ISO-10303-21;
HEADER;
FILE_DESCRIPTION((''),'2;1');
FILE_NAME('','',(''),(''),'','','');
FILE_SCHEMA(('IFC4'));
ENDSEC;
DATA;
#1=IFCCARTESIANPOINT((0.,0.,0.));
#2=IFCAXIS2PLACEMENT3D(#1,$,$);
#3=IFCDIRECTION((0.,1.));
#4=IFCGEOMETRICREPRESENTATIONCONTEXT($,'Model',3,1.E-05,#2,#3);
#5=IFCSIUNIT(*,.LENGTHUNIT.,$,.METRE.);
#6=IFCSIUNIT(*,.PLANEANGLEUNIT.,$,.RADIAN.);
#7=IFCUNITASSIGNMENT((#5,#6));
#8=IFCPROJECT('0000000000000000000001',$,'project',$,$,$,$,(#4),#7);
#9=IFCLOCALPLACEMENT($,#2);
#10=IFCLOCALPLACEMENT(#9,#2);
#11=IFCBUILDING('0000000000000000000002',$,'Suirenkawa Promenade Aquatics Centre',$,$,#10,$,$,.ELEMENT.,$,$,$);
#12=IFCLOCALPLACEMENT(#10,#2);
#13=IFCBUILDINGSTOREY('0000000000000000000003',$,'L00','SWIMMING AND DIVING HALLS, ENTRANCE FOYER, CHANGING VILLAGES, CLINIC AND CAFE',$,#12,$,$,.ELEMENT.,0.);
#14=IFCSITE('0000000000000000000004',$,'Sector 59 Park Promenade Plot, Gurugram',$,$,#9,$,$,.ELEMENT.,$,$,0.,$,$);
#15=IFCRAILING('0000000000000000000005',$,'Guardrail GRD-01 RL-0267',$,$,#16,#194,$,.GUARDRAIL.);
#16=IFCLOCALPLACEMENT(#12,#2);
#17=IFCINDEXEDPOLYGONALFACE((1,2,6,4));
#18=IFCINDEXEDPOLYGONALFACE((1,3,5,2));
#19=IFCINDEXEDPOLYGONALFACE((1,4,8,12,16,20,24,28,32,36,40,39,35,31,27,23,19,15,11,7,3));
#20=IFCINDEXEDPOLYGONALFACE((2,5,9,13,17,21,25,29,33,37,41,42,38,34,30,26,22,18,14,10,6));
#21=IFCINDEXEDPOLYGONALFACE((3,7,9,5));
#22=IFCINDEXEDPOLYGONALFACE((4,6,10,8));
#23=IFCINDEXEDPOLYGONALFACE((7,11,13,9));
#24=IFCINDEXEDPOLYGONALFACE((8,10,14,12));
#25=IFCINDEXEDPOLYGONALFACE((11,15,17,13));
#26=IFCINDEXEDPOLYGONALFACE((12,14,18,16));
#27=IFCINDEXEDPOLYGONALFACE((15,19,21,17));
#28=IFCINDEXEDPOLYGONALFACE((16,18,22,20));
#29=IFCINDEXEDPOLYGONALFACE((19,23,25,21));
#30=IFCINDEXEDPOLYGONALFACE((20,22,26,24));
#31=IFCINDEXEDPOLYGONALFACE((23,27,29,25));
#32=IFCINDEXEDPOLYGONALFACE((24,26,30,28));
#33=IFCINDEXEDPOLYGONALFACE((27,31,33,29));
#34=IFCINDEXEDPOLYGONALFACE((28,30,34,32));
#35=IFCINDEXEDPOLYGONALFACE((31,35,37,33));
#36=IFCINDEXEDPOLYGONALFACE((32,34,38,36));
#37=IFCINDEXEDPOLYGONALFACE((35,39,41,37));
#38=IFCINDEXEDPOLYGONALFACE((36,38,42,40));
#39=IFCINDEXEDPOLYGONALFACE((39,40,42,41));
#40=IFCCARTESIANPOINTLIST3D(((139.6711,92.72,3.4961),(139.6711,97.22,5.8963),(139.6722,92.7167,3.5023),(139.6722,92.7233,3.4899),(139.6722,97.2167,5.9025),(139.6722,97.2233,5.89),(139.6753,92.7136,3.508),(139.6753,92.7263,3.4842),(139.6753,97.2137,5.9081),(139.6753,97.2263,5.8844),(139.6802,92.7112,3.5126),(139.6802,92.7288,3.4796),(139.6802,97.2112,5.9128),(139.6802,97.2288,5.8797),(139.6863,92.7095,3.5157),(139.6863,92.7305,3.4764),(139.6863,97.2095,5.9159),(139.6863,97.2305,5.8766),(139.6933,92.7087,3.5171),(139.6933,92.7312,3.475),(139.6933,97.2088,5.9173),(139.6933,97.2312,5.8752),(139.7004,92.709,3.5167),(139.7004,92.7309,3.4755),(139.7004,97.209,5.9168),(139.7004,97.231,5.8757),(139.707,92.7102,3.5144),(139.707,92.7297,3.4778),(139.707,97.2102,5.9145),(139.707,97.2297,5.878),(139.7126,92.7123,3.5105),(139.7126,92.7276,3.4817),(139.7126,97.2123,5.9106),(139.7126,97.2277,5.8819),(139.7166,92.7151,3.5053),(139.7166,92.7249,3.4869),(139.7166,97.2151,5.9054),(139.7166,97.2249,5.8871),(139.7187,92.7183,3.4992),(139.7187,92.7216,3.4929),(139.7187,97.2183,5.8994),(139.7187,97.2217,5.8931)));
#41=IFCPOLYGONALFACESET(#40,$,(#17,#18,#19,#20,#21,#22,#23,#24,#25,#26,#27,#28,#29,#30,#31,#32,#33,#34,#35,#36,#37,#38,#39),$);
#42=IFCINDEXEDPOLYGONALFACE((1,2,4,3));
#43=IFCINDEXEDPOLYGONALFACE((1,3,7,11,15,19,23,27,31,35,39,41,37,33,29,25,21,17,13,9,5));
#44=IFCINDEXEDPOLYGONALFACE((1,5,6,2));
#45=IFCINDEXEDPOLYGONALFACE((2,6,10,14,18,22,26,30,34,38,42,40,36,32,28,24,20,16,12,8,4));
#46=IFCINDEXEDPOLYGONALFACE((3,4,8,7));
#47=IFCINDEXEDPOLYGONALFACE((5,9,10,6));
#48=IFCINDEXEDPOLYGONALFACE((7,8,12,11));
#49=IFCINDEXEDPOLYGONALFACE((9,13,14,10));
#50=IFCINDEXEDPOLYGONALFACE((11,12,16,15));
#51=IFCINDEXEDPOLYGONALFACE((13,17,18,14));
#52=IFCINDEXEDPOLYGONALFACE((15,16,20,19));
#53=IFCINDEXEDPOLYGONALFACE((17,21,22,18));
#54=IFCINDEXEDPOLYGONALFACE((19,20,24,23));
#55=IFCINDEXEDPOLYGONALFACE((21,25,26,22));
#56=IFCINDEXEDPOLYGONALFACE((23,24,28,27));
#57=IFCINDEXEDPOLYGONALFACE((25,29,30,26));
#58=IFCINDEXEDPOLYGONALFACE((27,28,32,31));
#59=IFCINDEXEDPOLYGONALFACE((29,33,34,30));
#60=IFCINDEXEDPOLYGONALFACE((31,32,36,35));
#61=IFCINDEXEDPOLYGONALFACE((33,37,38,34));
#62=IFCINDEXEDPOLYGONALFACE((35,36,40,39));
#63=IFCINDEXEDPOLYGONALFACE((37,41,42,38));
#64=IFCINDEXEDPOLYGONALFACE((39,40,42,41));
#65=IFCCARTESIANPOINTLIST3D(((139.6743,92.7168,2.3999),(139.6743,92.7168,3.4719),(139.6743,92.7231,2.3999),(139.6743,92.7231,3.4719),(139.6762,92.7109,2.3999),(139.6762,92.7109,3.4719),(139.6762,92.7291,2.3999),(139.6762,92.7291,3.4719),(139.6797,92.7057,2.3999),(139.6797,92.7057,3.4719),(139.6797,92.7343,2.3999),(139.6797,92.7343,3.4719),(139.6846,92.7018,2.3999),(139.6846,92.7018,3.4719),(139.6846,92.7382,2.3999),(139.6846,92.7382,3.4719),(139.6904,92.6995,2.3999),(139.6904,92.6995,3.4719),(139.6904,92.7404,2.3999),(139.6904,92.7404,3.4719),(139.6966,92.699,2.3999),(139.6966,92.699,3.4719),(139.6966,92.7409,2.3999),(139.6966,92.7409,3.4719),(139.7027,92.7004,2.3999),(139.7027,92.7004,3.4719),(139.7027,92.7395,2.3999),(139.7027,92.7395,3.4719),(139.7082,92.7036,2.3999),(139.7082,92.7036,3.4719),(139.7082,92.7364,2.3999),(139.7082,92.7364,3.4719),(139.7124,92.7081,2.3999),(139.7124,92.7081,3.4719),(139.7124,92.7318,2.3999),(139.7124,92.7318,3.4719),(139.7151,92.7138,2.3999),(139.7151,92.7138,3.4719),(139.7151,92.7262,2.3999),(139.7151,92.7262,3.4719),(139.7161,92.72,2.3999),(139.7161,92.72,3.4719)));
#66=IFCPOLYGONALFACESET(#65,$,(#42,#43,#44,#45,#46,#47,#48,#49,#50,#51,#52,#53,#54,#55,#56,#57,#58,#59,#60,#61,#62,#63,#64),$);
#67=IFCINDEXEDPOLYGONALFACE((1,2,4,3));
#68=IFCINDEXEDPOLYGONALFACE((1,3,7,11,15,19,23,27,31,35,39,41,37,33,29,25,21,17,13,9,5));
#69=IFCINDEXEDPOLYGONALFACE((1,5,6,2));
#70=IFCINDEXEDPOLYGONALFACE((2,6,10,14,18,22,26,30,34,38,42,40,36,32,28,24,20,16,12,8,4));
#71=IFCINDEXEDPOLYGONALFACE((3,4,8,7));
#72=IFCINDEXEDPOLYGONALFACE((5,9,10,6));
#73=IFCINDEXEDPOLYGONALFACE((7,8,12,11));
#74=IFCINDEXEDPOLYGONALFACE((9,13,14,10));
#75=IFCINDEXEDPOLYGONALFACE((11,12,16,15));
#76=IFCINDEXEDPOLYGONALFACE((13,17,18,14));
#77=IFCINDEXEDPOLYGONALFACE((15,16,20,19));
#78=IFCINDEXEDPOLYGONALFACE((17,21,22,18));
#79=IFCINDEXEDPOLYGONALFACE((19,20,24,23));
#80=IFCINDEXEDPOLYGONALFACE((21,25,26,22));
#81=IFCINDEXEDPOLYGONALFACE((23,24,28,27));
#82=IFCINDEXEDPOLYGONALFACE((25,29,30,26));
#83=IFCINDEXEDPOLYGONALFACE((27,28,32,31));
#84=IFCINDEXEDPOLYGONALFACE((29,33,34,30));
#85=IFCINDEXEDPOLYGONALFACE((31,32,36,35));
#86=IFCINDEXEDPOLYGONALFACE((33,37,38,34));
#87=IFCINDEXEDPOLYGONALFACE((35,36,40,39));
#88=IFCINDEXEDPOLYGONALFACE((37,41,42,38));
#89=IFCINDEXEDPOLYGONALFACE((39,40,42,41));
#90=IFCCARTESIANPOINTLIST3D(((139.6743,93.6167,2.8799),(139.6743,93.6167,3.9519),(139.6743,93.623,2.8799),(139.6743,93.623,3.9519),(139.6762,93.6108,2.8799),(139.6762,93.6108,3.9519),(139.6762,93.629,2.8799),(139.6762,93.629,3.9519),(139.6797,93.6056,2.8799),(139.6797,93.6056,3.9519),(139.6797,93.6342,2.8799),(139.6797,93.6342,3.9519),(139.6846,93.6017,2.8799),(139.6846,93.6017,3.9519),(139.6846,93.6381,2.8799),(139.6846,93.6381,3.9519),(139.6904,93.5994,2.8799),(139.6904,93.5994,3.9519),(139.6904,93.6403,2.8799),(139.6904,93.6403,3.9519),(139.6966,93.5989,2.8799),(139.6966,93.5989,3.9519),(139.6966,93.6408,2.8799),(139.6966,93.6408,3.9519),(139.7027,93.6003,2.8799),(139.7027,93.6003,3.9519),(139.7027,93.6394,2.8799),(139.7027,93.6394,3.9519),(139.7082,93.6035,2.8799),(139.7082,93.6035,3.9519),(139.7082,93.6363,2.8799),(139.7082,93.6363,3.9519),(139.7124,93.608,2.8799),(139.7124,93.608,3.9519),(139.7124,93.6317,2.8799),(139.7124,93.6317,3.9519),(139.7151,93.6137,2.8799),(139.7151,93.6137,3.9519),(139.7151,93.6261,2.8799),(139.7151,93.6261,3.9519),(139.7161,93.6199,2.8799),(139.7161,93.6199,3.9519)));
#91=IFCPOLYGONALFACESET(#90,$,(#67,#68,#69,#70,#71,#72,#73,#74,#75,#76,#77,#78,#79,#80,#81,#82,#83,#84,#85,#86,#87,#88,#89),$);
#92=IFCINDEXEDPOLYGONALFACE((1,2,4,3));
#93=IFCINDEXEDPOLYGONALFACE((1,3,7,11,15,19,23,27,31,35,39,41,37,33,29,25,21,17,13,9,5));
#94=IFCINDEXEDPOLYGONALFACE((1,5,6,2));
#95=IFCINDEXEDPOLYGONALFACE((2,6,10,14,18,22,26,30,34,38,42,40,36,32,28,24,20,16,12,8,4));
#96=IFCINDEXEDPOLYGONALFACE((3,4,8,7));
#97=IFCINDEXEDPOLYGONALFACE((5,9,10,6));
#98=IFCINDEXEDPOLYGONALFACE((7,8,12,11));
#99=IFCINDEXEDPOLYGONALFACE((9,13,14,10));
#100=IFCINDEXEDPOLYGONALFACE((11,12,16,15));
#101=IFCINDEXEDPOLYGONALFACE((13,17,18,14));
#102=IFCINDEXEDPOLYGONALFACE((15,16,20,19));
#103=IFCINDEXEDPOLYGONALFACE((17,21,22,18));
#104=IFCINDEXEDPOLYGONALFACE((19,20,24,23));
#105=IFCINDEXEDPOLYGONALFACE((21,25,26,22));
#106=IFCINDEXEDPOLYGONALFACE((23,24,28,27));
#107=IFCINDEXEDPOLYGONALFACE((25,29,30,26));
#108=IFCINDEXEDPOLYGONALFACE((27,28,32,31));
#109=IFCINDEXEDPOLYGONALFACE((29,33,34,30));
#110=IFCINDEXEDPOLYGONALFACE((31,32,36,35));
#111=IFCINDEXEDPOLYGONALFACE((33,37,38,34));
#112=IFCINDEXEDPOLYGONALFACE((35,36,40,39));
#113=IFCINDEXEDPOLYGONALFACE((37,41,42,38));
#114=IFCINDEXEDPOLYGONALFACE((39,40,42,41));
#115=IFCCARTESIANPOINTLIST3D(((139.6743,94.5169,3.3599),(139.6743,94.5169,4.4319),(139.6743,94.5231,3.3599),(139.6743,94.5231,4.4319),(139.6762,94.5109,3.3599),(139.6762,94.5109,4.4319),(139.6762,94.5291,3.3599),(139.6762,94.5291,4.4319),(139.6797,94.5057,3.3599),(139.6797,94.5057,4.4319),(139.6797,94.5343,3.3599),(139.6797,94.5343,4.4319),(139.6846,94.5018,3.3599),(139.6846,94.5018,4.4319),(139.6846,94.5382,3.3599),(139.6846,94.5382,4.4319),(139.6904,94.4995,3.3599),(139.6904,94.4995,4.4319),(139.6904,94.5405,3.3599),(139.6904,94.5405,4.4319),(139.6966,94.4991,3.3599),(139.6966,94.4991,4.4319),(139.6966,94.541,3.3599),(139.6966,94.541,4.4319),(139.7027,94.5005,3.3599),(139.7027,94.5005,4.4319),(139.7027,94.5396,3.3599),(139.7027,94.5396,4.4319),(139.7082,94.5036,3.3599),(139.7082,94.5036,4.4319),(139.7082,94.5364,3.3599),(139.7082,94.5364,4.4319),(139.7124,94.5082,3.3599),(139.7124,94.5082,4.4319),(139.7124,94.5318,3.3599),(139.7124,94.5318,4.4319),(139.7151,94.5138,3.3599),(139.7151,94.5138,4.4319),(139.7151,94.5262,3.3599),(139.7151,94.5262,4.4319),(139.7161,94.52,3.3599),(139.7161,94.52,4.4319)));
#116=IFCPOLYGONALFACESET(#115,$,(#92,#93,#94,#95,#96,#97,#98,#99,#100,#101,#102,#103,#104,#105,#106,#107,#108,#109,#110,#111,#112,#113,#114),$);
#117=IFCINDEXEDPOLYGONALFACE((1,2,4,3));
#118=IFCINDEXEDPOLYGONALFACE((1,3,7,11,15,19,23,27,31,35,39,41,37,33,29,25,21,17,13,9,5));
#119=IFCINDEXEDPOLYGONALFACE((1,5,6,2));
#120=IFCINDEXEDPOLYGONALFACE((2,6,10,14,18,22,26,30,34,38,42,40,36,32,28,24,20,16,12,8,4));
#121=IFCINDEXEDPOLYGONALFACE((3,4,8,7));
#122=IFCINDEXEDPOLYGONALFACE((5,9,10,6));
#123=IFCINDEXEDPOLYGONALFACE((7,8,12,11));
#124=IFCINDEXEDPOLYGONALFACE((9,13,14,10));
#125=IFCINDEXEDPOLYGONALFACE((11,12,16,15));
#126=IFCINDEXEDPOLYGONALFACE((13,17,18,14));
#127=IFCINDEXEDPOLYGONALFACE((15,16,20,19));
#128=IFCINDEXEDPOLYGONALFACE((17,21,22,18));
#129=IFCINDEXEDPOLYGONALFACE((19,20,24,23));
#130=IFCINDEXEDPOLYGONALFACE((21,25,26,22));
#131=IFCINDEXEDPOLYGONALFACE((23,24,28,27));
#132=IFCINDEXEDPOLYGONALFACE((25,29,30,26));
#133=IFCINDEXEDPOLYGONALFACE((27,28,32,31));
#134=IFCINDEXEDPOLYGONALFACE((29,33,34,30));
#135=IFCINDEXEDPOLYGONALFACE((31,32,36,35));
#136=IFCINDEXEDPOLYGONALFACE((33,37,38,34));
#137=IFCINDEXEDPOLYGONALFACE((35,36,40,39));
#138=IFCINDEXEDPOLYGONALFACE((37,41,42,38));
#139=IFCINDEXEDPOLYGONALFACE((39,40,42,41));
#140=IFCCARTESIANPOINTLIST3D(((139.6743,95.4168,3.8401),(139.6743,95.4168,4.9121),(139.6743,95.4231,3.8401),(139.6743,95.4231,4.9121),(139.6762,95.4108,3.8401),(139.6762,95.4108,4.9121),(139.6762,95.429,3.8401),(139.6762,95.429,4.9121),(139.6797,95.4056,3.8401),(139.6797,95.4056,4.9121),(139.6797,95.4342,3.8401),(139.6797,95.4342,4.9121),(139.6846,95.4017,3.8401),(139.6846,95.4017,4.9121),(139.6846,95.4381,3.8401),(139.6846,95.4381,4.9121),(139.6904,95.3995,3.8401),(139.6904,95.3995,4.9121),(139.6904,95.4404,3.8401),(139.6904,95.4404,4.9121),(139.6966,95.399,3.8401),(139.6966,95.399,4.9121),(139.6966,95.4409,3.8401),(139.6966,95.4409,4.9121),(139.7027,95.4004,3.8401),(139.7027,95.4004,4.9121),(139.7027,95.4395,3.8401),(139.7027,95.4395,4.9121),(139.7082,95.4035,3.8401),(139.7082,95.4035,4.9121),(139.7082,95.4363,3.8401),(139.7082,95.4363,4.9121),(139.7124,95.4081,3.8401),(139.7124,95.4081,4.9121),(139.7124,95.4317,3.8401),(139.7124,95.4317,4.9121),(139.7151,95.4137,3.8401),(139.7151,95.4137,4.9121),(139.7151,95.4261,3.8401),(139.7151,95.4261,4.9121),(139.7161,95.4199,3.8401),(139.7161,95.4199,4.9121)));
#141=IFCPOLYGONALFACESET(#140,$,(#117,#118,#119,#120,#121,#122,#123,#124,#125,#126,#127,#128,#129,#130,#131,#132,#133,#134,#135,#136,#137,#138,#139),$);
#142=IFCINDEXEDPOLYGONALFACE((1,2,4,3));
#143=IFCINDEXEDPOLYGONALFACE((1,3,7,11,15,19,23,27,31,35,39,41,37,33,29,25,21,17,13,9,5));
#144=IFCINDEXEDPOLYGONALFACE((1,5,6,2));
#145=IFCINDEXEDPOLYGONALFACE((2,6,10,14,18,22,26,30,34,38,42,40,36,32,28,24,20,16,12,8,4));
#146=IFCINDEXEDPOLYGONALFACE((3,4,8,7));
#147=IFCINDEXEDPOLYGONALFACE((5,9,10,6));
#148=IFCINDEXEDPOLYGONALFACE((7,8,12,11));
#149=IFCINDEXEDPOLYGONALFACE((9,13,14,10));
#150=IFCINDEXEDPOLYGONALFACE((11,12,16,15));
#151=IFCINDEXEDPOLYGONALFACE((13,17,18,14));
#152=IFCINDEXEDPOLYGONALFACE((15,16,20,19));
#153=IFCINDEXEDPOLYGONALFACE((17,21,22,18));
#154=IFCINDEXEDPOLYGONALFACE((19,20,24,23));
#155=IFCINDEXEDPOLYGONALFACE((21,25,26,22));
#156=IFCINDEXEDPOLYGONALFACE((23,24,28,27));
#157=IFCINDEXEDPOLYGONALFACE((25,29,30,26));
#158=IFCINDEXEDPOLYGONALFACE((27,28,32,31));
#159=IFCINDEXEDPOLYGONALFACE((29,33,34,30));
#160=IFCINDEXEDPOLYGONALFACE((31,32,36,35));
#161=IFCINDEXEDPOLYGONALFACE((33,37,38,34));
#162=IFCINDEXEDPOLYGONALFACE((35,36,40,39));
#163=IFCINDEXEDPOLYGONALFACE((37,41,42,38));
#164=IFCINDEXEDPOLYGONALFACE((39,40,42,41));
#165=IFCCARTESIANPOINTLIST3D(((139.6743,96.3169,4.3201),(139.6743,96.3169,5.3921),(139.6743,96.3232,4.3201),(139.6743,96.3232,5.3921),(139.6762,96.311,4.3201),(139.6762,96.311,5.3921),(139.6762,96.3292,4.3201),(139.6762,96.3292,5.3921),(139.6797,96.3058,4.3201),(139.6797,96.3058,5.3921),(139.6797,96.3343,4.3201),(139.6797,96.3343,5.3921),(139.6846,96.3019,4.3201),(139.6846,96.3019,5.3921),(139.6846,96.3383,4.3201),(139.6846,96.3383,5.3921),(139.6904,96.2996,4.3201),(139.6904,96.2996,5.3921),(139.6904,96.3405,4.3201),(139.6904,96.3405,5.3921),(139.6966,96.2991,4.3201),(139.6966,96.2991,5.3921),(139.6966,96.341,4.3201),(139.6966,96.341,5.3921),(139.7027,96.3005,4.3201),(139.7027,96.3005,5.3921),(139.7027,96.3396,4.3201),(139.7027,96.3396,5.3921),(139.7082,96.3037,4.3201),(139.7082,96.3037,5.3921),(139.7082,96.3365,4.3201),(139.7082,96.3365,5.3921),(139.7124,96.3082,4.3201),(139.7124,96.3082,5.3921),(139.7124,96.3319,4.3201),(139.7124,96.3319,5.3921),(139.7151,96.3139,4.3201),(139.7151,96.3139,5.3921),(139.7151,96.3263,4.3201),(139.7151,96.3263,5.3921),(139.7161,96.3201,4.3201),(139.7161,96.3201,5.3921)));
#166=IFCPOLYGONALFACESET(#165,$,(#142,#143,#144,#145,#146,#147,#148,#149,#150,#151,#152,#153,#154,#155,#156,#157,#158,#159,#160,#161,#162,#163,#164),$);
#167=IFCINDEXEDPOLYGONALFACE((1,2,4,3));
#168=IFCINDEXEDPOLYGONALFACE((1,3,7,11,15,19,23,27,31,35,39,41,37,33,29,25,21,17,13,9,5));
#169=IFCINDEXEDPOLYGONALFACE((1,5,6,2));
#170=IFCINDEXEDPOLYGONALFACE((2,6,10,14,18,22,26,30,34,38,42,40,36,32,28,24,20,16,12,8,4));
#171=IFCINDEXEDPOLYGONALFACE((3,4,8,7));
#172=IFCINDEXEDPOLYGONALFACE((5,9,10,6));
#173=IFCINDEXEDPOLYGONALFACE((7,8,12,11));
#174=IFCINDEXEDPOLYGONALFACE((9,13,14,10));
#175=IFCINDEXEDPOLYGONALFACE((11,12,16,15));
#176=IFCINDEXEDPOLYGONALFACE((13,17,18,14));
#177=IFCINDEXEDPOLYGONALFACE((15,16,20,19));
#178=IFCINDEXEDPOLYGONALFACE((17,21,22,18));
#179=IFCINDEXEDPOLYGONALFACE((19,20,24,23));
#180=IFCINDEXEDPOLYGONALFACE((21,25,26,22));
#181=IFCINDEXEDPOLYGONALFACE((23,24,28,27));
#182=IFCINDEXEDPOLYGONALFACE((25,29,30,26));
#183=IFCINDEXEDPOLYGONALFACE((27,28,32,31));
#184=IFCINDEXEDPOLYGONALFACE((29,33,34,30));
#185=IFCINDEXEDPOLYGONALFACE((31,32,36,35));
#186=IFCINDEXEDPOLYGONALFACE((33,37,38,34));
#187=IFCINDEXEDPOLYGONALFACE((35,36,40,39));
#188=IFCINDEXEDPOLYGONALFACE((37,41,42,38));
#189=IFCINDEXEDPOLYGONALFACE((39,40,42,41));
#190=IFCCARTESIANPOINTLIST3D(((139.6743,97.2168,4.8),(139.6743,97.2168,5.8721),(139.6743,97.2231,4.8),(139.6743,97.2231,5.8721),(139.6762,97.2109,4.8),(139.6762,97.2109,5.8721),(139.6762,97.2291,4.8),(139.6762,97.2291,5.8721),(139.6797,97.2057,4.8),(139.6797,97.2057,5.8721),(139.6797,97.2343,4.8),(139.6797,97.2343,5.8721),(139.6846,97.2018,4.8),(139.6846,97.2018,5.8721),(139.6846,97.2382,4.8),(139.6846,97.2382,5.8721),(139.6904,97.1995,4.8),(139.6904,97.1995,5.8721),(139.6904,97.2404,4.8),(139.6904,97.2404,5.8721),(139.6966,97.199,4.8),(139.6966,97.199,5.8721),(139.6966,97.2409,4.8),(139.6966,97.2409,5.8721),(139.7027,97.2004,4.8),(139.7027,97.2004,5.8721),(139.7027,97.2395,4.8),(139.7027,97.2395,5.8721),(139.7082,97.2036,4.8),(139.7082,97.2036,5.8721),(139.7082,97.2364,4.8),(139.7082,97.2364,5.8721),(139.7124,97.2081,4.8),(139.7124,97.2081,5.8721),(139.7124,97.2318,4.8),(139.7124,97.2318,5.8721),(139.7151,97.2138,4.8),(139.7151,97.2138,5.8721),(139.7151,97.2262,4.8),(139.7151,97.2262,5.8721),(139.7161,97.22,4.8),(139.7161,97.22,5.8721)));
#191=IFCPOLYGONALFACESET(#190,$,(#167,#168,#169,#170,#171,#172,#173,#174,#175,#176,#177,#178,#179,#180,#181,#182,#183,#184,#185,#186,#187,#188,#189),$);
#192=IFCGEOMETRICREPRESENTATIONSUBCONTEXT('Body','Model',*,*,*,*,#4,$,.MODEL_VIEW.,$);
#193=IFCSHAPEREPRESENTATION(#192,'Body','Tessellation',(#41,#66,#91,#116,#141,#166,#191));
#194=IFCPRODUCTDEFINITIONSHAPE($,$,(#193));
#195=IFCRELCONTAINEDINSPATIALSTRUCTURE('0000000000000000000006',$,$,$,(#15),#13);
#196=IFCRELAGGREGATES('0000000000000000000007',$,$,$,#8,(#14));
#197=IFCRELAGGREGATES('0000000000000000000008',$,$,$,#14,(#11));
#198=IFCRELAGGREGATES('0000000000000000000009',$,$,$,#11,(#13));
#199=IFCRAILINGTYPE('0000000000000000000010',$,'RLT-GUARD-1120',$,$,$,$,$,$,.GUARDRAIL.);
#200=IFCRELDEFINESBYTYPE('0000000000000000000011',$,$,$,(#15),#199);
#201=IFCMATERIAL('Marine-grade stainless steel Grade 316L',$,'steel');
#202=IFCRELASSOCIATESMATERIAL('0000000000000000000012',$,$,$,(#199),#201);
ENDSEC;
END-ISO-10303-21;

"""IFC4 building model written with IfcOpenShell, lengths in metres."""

from ifc_helpers import new_model, si_unit, direction, frame, origin, origin_2d, place, context, subcontext, project, spatial, circle, extrude, material, type_object, element, save


model = new_model("IFC4")

# Units and contexts
model_context = context("Model", 3, precision=1e-05, world=origin(), true_north=direction((0.0, 1.0)))
body_context = subcontext(model_context, "Body", "Model", "MODEL_VIEW")
ifc_project = project(units=[si_unit("LENGTHUNIT", "METRE"), si_unit("PLANEANGLEUNIT", "RADIAN")], contexts=[model_context])

# Site, building, storey
site_placement = place(None, origin())
site = spatial("IfcSite", under=ifc_project, at=site_placement, Name="Sector 59 Park Promenade Plot, Gurugram", CompositionType="ELEMENT", RefElevation=0.0)
building_placement = place(site_placement, origin())
building = spatial("IfcBuilding", under=site, at=building_placement, Name="Suirenkawa Promenade Aquatics Centre", CompositionType="ELEMENT")
storey_placement = place(building_placement, origin())
storey = spatial("IfcBuildingStorey", under=building, at=storey_placement, Name="L00", Description="SWIMMING AND DIVING HALLS, ENTRANCE FOYER, CHANGING VILLAGES, CLINIC AND CAFE", CompositionType="ELEMENT", Elevation=0.0)

# Railing
ifc_material_1 = material(Name="Marine-grade stainless steel Grade 316L", Category="steel")
railing_type_1 = type_object("IfcRailingType", Name="RLT-GUARD-1120", PredefinedType="GUARDRAIL", material=ifc_material_1)
for number, where, name in (
    (1, (139.6951, 92.72, 2.3999), "Guardrail GRD-01 RL-0267"),
):
    element("IfcRailing", number, at=place(storey_placement, frame(where)), inside=storey, type_object=railing_type_1, Name=name, PredefinedType="GUARDRAIL", context=body_context, shape_type="SweptSolid", body=[
        extrude(circle(Radius=0.0239, at=origin_2d()), frame((0.0, 0.0, 1.0962), z_axis=(0.0, 0.882341, 0.470611), x_axis=(-1.0, 0.0, 0.0)), (0.0, 0.0, 1.0), 5.1001),
        extrude(circle(Radius=0.021, at=origin_2d()), origin(), (0.0, 0.0, 1.0), 1.072),
        extrude(circle(Radius=0.021, at=origin_2d()), frame((0.0, 0.8999, 0.48)), (0.0, 0.0, 1.0), 1.072),
        extrude(circle(Radius=0.021, at=origin_2d()), frame((0.0, 1.8, 0.96)), (0.0, 0.0, 1.0), 1.072),
        extrude(circle(Radius=0.021, at=origin_2d()), frame((0.0, 2.7, 1.4402)), (0.0, 0.0, 1.0), 1.072),
        extrude(circle(Radius=0.021, at=origin_2d()), frame((0.0, 3.6001, 1.9202)), (0.0, 0.0, 1.0), 1.072),
        extrude(circle(Radius=0.021, at=origin_2d()), frame((0.0, 4.5, 2.4001)), (0.0, 0.0, 1.0), 1.072),
    ])

save(model, "model.ifc")
